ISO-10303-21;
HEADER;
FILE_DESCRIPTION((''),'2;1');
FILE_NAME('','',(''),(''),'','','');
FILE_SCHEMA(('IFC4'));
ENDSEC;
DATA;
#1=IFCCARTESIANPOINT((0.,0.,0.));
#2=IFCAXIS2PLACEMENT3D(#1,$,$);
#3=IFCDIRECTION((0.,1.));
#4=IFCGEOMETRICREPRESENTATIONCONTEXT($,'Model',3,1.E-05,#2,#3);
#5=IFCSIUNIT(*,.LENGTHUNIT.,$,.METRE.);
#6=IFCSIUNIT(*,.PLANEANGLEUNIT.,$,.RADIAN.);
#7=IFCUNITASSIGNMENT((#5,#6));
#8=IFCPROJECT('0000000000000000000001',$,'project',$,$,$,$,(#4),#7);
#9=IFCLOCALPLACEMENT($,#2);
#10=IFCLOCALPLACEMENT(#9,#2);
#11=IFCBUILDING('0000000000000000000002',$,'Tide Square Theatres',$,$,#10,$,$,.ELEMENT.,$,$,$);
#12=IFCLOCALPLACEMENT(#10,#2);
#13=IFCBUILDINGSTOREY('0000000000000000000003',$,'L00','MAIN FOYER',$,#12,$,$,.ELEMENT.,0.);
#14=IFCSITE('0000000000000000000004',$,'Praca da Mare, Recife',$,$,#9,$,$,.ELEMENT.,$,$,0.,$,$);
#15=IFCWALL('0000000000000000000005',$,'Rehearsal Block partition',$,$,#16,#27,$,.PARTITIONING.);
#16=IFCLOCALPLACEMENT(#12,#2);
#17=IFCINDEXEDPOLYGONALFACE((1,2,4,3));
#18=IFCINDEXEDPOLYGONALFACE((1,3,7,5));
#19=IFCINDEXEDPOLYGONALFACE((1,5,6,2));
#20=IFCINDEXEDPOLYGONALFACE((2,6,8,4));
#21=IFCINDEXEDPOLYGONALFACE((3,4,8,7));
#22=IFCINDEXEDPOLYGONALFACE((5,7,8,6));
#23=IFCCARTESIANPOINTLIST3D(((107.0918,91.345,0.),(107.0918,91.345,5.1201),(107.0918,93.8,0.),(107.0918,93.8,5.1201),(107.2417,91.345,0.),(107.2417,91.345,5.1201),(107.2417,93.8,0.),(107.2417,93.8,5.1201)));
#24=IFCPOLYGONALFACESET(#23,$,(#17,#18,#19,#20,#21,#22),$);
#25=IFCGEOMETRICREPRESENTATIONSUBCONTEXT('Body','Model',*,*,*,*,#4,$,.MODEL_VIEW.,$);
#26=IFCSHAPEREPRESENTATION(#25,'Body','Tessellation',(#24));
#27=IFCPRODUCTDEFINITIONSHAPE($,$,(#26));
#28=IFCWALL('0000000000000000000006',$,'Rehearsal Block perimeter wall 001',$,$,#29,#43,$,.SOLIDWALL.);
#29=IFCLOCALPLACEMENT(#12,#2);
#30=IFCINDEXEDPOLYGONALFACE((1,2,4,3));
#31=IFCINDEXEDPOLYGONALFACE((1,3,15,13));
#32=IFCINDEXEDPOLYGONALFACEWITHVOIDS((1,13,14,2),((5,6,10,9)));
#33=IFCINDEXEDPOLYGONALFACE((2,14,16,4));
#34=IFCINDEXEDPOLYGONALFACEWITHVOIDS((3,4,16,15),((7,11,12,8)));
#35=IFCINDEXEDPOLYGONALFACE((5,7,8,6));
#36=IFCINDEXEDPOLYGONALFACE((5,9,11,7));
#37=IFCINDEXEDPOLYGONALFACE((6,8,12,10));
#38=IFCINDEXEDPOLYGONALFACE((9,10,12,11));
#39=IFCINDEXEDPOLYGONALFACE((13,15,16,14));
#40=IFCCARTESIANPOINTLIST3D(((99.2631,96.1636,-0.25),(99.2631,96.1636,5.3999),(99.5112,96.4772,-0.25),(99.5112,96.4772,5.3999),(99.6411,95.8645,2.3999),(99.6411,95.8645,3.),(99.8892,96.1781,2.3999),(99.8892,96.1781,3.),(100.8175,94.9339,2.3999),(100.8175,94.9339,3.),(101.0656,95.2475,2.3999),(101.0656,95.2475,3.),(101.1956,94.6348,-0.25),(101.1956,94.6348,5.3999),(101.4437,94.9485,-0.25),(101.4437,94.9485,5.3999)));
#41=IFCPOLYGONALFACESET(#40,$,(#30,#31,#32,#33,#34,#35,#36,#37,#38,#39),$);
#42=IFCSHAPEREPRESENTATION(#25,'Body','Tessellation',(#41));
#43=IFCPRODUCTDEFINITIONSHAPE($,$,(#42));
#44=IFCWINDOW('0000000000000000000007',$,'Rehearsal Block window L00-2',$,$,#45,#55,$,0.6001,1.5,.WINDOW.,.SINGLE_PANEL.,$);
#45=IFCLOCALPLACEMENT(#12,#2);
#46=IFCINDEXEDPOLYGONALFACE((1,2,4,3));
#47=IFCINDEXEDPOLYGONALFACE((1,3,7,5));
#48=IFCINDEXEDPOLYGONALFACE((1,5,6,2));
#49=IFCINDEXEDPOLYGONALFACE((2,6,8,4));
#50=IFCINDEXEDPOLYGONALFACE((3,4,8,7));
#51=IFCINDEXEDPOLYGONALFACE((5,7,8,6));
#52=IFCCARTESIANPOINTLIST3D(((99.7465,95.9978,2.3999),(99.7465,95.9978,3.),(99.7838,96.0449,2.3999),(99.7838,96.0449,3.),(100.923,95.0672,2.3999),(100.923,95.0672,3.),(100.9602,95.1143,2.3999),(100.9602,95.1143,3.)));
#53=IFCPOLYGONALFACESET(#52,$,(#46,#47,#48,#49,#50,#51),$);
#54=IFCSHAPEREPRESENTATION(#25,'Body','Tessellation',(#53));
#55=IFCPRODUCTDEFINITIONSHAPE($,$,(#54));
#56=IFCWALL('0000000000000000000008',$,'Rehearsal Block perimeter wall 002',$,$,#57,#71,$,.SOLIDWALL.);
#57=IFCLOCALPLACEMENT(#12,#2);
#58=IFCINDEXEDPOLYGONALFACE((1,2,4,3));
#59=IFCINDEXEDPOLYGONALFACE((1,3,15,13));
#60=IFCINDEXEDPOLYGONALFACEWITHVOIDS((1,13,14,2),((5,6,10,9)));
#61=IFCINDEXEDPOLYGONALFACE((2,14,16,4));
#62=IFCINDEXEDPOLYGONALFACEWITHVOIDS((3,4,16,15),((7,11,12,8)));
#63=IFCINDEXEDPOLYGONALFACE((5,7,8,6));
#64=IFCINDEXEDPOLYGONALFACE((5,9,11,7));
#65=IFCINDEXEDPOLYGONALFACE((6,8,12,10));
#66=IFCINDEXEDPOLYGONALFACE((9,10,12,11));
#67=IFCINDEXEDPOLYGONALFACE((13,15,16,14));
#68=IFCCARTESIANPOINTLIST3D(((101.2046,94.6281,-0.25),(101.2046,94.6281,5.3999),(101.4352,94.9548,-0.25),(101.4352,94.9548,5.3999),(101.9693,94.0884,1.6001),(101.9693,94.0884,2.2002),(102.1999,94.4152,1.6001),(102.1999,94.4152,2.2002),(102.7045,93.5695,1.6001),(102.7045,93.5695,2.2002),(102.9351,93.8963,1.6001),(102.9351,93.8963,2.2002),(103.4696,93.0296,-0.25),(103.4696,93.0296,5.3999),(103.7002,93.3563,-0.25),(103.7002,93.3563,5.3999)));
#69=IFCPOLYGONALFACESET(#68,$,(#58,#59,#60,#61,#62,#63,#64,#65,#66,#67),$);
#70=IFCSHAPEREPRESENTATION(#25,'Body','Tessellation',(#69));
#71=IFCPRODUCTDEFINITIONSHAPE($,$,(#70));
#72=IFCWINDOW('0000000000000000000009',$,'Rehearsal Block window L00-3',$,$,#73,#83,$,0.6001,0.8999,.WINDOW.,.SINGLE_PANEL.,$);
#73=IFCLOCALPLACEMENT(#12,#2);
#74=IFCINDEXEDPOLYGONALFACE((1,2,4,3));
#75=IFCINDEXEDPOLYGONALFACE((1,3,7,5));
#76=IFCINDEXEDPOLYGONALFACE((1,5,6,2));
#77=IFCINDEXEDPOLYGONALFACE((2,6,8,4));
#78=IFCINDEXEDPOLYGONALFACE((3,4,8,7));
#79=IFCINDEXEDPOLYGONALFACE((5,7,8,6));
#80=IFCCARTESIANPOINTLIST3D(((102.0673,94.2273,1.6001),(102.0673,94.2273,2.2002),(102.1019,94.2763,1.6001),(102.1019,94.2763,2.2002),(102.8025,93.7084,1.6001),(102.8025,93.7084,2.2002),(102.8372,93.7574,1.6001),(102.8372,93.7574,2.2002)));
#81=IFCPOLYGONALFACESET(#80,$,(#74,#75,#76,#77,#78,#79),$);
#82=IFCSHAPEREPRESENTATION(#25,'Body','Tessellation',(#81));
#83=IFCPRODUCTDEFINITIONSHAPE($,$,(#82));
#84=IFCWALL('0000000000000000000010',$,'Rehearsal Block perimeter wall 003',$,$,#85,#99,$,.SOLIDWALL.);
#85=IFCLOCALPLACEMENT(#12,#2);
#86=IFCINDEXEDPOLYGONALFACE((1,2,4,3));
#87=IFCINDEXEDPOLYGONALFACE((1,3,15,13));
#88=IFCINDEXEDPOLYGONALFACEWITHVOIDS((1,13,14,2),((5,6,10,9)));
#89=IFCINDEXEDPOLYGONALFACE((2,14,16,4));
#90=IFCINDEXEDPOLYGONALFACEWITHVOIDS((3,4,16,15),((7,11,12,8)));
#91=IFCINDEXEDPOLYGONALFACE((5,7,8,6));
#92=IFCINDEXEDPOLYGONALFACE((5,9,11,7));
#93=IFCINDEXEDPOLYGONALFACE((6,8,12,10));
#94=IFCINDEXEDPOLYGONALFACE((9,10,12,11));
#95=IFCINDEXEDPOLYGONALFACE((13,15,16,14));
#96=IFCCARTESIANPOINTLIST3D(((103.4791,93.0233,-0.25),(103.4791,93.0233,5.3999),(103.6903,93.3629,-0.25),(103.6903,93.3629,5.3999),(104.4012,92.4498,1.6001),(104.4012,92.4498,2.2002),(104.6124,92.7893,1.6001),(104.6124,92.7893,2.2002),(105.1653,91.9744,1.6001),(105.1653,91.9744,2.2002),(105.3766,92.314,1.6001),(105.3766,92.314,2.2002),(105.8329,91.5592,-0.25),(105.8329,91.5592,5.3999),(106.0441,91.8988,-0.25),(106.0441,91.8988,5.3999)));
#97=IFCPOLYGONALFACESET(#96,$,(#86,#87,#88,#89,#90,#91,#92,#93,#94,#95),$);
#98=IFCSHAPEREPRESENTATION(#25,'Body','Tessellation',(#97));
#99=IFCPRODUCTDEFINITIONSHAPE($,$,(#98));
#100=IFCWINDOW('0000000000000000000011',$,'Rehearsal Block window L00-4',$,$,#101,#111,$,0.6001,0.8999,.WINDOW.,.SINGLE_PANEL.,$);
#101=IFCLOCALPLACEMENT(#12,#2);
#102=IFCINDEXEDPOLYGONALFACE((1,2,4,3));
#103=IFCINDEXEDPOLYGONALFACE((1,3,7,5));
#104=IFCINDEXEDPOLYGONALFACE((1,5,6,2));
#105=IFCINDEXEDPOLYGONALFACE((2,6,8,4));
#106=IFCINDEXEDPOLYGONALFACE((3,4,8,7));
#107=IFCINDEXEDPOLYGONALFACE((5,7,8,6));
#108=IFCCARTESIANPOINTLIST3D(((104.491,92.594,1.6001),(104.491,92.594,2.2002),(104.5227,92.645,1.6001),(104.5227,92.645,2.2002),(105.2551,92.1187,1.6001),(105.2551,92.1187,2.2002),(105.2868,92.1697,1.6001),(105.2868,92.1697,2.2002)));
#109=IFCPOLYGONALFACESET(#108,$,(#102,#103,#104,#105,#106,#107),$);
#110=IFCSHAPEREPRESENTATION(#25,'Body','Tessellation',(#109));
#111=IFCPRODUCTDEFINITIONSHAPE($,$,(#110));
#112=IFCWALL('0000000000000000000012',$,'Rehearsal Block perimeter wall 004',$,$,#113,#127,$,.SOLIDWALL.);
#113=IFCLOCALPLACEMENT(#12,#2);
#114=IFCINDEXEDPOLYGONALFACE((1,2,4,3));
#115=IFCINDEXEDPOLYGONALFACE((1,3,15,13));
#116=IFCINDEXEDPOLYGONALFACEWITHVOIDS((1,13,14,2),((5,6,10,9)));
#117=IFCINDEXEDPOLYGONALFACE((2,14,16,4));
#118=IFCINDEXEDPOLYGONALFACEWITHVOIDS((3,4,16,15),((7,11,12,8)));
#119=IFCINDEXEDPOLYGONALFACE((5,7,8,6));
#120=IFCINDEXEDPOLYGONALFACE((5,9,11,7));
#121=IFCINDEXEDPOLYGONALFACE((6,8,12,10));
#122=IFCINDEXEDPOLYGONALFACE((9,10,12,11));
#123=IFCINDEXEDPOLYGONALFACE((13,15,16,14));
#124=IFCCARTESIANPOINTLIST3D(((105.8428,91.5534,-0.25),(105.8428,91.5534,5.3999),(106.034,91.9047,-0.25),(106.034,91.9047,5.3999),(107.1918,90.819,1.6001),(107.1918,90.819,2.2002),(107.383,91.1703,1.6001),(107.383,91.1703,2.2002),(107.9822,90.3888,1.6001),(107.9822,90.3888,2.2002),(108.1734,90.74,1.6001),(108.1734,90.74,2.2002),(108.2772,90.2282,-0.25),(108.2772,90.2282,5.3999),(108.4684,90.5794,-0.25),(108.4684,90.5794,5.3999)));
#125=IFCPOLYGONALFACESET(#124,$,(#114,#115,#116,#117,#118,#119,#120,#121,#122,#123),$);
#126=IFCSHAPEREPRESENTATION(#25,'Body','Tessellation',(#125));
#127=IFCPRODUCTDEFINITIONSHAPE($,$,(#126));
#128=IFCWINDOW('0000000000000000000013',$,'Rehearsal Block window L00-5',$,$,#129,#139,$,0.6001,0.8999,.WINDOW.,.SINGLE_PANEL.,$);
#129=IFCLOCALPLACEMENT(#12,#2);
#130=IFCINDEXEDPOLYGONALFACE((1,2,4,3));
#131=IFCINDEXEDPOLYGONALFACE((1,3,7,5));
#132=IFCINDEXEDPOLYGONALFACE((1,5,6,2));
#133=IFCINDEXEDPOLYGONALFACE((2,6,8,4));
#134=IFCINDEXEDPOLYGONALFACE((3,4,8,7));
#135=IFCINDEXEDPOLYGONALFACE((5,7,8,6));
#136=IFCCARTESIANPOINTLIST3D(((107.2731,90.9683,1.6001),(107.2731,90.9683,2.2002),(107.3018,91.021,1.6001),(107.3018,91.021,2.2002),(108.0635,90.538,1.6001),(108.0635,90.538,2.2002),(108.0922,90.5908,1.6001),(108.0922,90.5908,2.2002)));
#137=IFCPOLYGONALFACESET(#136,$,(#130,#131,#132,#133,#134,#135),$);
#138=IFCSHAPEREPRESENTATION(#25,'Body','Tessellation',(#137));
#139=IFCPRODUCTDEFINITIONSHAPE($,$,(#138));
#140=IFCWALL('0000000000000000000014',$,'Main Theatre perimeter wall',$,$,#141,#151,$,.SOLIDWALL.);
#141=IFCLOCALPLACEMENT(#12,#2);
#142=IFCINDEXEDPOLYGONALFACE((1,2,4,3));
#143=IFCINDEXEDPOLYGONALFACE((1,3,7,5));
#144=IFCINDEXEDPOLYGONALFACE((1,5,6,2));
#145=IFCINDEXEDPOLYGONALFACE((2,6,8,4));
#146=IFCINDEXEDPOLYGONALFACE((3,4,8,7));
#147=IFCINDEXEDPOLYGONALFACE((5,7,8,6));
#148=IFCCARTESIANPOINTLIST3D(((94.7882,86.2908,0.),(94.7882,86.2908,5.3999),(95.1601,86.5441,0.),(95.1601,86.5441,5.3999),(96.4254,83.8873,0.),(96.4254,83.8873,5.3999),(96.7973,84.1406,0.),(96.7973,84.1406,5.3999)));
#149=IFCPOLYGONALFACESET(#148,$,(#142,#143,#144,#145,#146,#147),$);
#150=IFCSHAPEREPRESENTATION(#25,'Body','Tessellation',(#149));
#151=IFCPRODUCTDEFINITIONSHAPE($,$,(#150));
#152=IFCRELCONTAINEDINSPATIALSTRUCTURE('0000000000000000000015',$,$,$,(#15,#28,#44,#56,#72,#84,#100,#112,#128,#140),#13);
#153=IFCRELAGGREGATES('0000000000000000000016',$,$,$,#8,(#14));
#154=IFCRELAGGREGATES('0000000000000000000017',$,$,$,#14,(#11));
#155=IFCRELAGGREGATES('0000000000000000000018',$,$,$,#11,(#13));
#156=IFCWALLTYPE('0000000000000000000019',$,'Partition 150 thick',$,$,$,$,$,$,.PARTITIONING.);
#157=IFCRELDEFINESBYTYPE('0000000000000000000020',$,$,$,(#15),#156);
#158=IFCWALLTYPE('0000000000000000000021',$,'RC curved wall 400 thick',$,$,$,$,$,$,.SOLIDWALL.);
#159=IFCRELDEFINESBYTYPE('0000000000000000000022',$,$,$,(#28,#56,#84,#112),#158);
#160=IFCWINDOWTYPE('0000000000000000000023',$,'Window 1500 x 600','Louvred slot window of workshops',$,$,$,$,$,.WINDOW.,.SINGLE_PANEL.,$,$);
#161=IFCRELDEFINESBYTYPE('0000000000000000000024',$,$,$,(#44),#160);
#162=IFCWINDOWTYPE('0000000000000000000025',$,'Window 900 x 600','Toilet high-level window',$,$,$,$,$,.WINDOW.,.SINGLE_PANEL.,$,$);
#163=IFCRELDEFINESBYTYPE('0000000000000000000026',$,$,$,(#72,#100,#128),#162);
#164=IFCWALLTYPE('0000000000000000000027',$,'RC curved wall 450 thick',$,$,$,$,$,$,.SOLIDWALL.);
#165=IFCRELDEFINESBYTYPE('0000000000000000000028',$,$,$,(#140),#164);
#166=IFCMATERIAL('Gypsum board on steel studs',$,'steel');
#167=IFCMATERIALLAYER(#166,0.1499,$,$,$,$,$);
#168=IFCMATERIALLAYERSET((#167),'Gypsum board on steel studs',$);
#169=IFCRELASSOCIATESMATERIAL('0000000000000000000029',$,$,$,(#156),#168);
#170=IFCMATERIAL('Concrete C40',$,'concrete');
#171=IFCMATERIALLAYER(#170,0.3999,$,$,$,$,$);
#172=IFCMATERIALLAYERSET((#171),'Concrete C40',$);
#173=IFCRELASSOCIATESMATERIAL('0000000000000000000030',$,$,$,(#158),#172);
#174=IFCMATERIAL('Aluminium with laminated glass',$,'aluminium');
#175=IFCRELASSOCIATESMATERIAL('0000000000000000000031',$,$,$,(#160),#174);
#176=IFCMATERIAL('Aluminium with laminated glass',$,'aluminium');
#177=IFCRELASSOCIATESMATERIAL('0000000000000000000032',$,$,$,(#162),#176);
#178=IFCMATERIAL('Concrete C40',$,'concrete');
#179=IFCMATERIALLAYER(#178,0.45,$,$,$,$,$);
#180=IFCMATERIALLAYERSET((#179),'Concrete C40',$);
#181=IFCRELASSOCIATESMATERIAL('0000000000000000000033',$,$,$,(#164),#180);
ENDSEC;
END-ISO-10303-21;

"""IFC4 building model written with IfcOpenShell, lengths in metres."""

from ifc_helpers import new_model, si_unit, direction, frame, frame_2d, origin, place, context, subcontext, project, spatial, rectangle, extrude, material, layer, layer_set, type_object, element, fill, save


model = new_model("IFC4")

# Units and contexts
model_context = context("Model", 3, precision=1e-05, world=origin(), true_north=direction((0.0, 1.0)))
body_context = subcontext(model_context, "Body", "Model", "MODEL_VIEW")
ifc_project = project(units=[si_unit("LENGTHUNIT", "METRE"), si_unit("PLANEANGLEUNIT", "RADIAN")], contexts=[model_context])

# Site, building, storey
site_placement = place(None, origin())
site = spatial("IfcSite", under=ifc_project, at=site_placement, Name="Praca da Mare, Recife", CompositionType="ELEMENT", RefElevation=0.0)
building_placement = place(site_placement, origin())
building = spatial("IfcBuilding", under=site, at=building_placement, Name="Tide Square Theatres", CompositionType="ELEMENT")
storey_placement = place(building_placement, origin())
storey = spatial("IfcBuildingStorey", under=building, at=storey_placement, Name="L00", Description="MAIN FOYER", CompositionType="ELEMENT", Elevation=0.0)

# Wall
ifc_material_1 = material(Name="Gypsum board on steel studs", Category="steel")
ifc_layer_1 = layer(ifc_material_1, 0.1499)
ifc_layer_set_1 = layer_set([ifc_layer_1], Name="Gypsum board on steel studs")
wall_type_1 = type_object("IfcWallType", Name="Partition 150 thick", PredefinedType="PARTITIONING", material=ifc_layer_set_1)
wall_1_placement = place(storey_placement, frame((107.1667, 93.8, 0.0), z_axis=(0.0, 0.0, 1.0), x_axis=(0.0, -1.0, 0.0)))
element("IfcWall", 1, at=wall_1_placement, inside=storey, type_object=wall_type_1, Name="Rehearsal Block partition", PredefinedType="PARTITIONING", context=body_context, shape_type="SweptSolid", body=[
    extrude(rectangle(XDim=2.4551, YDim=0.1499, at=frame_2d((1.2275, 0.0))), origin(), (0.0, 0.0, 1.0), 5.1201),
])

# Walls, openings, windows
ifc_material_2 = material(Name="Concrete C40", Category="concrete")
ifc_layer_2 = layer(ifc_material_2, 0.3999)
ifc_layer_set_2 = layer_set([ifc_layer_2], Name="Concrete C40")
wall_type_2 = type_object("IfcWallType", Name="RC curved wall 400 thick", PredefinedType="SOLIDWALL", material=ifc_layer_set_2)
wall_2_placement = place(storey_placement, frame((99.3872, 96.3203, -0.25), z_axis=(0.0, 0.0, 1.0), x_axis=(0.784279, -0.620409, 0.0)))
wall_2 = element("IfcWall", 2, at=wall_2_placement, inside=storey, type_object=wall_type_2, Name="Rehearsal Block perimeter wall 001", PredefinedType="SOLIDWALL", context=body_context, shape_type="SweptSolid", body=[
    extrude(rectangle(XDim=2.4641, YDim=0.3999, at=frame_2d((1.2319, 0.0))), origin(), (0.0, 0.0, 1.0), 5.6499),
])
opening_1_placement = place(wall_2_placement, frame((0.4819, 0.0, 2.6499)))
opening_1 = element("IfcOpeningElement", 3, at=opening_1_placement, cuts=wall_2, PredefinedType="OPENING", context=body_context, shape_type="SweptSolid", body=[
    extrude(rectangle(XDim=1.5, YDim=0.6001, at=frame_2d((0.75, 0.3))), frame((0.0, 0.21, 0.0), z_axis=(0.0, -1.0, 0.0), x_axis=(1.0, 0.0, 0.0)), (0.0, 0.0, 1.0), 0.4199),
])
ifc_material_3 = material(Name="Aluminium with laminated glass", Category="aluminium")
window_type_1 = type_object("IfcWindowType", Name="Window 1500 x 600", Description="Louvred slot window of workshops", PartitioningType="SINGLE_PANEL", PredefinedType="WINDOW", material=ifc_material_3)
window_1_placement = place(opening_1_placement, origin())
window_1 = element("IfcWindow", 4, at=window_1_placement, inside=storey, type_object=window_type_1, Name="Rehearsal Block window L00-2", OverallHeight=0.6001, OverallWidth=1.5, PartitioningType="SINGLE_PANEL", PredefinedType="WINDOW", context=body_context, shape_type="SweptSolid", body=[
    extrude(rectangle(XDim=1.5, YDim=0.6001, at=frame_2d((0.75, 0.3))), frame((0.0, 0.03, 0.0), z_axis=(0.0, -1.0, 0.0), x_axis=(1.0, 0.0, 0.0)), (0.0, 0.0, 1.0), 0.0601),
])
fill(opening_1, window_1)
wall_3_placement = place(storey_placement, frame((101.3198, 94.7915, -0.25), z_axis=(0.0, 0.0, 1.0), x_axis=(0.817029, -0.576597, 0.0)))
wall_3 = element("IfcWall", 5, at=wall_3_placement, inside=storey, type_object=wall_type_2, Name="Rehearsal Block perimeter wall 002", PredefinedType="SOLIDWALL", context=body_context, shape_type="SweptSolid", body=[
    extrude(rectangle(XDim=2.7722, YDim=0.3999, at=frame_2d((1.3862, 0.0))), origin(), (0.0, 0.0, 1.0), 5.6499),
])
opening_2_placement = place(wall_3_placement, frame((0.936, 0.0, 1.8501)))
opening_2 = element("IfcOpeningElement", 6, at=opening_2_placement, cuts=wall_3, PredefinedType="OPENING", context=body_context, shape_type="SweptSolid", body=[
    extrude(rectangle(XDim=0.8999, YDim=0.6001, at=frame_2d((0.45, 0.3))), frame((0.0, 0.21, 0.0), z_axis=(0.0, -1.0, 0.0), x_axis=(1.0, 0.0, 0.0)), (0.0, 0.0, 1.0), 0.4199),
])
ifc_material_4 = material(Name="Aluminium with laminated glass", Category="aluminium")
window_type_2 = type_object("IfcWindowType", Name="Window 900 x 600", Description="Toilet high-level window", PartitioningType="SINGLE_PANEL", PredefinedType="WINDOW", material=ifc_material_4)
window_2_placement = place(opening_2_placement, origin())
window_2 = element("IfcWindow", 7, at=window_2_placement, inside=storey, type_object=window_type_2, Name="Rehearsal Block window L00-3", OverallHeight=0.6001, OverallWidth=0.8999, PartitioningType="SINGLE_PANEL", PredefinedType="WINDOW", context=body_context, shape_type="SweptSolid", body=[
    extrude(rectangle(XDim=0.8999, YDim=0.6001, at=frame_2d((0.45, 0.3))), frame((0.0, 0.03, 0.0), z_axis=(0.0, -1.0, 0.0), x_axis=(1.0, 0.0, 0.0)), (0.0, 0.0, 1.0), 0.0601),
])
fill(opening_2, window_2)
wall_4_placement = place(storey_placement, frame((103.5847, 93.1931, -0.25), z_axis=(0.0, 0.0, 1.0), x_axis=(0.849129, -0.528185, 0.0)))
wall_4 = element("IfcWall", 8, at=wall_4_placement, inside=storey, type_object=wall_type_2, Name="Rehearsal Block perimeter wall 003", PredefinedType="SOLIDWALL", context=body_context, shape_type="SweptSolid", body=[
    extrude(rectangle(XDim=2.772, YDim=0.3999, at=frame_2d((1.386, 0.0))), origin(), (0.0, 0.0, 1.0), 5.6499),
])
opening_3_placement = place(wall_4_placement, frame((1.0859, 0.0, 1.8501)))
opening_3 = element("IfcOpeningElement", 9, at=opening_3_placement, cuts=wall_4, PredefinedType="OPENING", context=body_context, shape_type="SweptSolid", body=[
    extrude(rectangle(XDim=0.8999, YDim=0.6001, at=frame_2d((0.45, 0.3))), frame((0.0, 0.21, 0.0), z_axis=(0.0, -1.0, 0.0), x_axis=(1.0, 0.0, 0.0)), (0.0, 0.0, 1.0), 0.4199),
])
window_3_placement = place(opening_3_placement, origin())
window_3 = element("IfcWindow", 10, at=window_3_placement, inside=storey, type_object=window_type_2, Name="Rehearsal Block window L00-4", OverallHeight=0.6001, OverallWidth=0.8999, PartitioningType="SINGLE_PANEL", PredefinedType="WINDOW", context=body_context, shape_type="SweptSolid", body=[
    extrude(rectangle(XDim=0.8999, YDim=0.6001, at=frame_2d((0.45, 0.3))), frame((0.0, 0.03, 0.0), z_axis=(0.0, -1.0, 0.0), x_axis=(1.0, 0.0, 0.0)), (0.0, 0.0, 1.0), 0.0601),
])
fill(opening_3, window_3)
wall_5_placement = place(storey_placement, frame((105.9385, 91.729, -0.25), z_axis=(0.0, 0.0, 1.0), x_axis=(0.878292, -0.478124, 0.0)))
wall_5 = element("IfcWall", 11, at=wall_5_placement, inside=storey, type_object=wall_type_2, Name="Rehearsal Block perimeter wall 004", PredefinedType="SOLIDWALL", context=body_context, shape_type="SweptSolid", body=[
    extrude(rectangle(XDim=2.7717, YDim=0.3999, at=frame_2d((1.3857, 0.0))), origin(), (0.0, 0.0, 1.0), 5.6499),
])
opening_4_placement = place(wall_5_placement, frame((1.5359, 0.0, 1.8501)))
opening_4 = element("IfcOpeningElement", 12, at=opening_4_placement, cuts=wall_5, PredefinedType="OPENING", context=body_context, shape_type="SweptSolid", body=[
    extrude(rectangle(XDim=0.8999, YDim=0.6001, at=frame_2d((0.45, 0.3))), frame((0.0, 0.21, 0.0), z_axis=(0.0, -1.0, 0.0), x_axis=(1.0, 0.0, 0.0)), (0.0, 0.0, 1.0), 0.4199),
])
window_4_placement = place(opening_4_placement, origin())
window_4 = element("IfcWindow", 13, at=window_4_placement, inside=storey, type_object=window_type_2, Name="Rehearsal Block window L00-5", OverallHeight=0.6001, OverallWidth=0.8999, PartitioningType="SINGLE_PANEL", PredefinedType="WINDOW", context=body_context, shape_type="SweptSolid", body=[
    extrude(rectangle(XDim=0.8999, YDim=0.6001, at=frame_2d((0.45, 0.3))), frame((0.0, 0.03, 0.0), z_axis=(0.0, -1.0, 0.0), x_axis=(1.0, 0.0, 0.0)), (0.0, 0.0, 1.0), 0.0601),
])
fill(opening_4, window_4)

# Wall
ifc_material_5 = material(Name="Concrete C40", Category="concrete")
ifc_layer_3 = layer(ifc_material_5, 0.45)
ifc_layer_set_3 = layer_set([ifc_layer_3], Name="Concrete C40")
wall_type_3 = type_object("IfcWallType", Name="RC curved wall 450 thick", PredefinedType="SOLIDWALL", material=ifc_layer_set_3)
wall_6_placement = place(storey_placement, frame((96.6113, 84.0139, 0.0), z_axis=(0.0, 0.0, 1.0), x_axis=(-0.562964, 0.826481, 0.0)))
element("IfcWall", 14, at=wall_6_placement, inside=storey, type_object=wall_type_3, Name="Main Theatre perimeter wall", PredefinedType="SOLIDWALL", context=body_context, shape_type="SweptSolid", body=[
    extrude(rectangle(XDim=2.9082, YDim=0.45, at=frame_2d((1.4541, 0.0))), origin(), (0.0, 0.0, 1.0), 5.3999),
])

save(model, "model.ifc")
